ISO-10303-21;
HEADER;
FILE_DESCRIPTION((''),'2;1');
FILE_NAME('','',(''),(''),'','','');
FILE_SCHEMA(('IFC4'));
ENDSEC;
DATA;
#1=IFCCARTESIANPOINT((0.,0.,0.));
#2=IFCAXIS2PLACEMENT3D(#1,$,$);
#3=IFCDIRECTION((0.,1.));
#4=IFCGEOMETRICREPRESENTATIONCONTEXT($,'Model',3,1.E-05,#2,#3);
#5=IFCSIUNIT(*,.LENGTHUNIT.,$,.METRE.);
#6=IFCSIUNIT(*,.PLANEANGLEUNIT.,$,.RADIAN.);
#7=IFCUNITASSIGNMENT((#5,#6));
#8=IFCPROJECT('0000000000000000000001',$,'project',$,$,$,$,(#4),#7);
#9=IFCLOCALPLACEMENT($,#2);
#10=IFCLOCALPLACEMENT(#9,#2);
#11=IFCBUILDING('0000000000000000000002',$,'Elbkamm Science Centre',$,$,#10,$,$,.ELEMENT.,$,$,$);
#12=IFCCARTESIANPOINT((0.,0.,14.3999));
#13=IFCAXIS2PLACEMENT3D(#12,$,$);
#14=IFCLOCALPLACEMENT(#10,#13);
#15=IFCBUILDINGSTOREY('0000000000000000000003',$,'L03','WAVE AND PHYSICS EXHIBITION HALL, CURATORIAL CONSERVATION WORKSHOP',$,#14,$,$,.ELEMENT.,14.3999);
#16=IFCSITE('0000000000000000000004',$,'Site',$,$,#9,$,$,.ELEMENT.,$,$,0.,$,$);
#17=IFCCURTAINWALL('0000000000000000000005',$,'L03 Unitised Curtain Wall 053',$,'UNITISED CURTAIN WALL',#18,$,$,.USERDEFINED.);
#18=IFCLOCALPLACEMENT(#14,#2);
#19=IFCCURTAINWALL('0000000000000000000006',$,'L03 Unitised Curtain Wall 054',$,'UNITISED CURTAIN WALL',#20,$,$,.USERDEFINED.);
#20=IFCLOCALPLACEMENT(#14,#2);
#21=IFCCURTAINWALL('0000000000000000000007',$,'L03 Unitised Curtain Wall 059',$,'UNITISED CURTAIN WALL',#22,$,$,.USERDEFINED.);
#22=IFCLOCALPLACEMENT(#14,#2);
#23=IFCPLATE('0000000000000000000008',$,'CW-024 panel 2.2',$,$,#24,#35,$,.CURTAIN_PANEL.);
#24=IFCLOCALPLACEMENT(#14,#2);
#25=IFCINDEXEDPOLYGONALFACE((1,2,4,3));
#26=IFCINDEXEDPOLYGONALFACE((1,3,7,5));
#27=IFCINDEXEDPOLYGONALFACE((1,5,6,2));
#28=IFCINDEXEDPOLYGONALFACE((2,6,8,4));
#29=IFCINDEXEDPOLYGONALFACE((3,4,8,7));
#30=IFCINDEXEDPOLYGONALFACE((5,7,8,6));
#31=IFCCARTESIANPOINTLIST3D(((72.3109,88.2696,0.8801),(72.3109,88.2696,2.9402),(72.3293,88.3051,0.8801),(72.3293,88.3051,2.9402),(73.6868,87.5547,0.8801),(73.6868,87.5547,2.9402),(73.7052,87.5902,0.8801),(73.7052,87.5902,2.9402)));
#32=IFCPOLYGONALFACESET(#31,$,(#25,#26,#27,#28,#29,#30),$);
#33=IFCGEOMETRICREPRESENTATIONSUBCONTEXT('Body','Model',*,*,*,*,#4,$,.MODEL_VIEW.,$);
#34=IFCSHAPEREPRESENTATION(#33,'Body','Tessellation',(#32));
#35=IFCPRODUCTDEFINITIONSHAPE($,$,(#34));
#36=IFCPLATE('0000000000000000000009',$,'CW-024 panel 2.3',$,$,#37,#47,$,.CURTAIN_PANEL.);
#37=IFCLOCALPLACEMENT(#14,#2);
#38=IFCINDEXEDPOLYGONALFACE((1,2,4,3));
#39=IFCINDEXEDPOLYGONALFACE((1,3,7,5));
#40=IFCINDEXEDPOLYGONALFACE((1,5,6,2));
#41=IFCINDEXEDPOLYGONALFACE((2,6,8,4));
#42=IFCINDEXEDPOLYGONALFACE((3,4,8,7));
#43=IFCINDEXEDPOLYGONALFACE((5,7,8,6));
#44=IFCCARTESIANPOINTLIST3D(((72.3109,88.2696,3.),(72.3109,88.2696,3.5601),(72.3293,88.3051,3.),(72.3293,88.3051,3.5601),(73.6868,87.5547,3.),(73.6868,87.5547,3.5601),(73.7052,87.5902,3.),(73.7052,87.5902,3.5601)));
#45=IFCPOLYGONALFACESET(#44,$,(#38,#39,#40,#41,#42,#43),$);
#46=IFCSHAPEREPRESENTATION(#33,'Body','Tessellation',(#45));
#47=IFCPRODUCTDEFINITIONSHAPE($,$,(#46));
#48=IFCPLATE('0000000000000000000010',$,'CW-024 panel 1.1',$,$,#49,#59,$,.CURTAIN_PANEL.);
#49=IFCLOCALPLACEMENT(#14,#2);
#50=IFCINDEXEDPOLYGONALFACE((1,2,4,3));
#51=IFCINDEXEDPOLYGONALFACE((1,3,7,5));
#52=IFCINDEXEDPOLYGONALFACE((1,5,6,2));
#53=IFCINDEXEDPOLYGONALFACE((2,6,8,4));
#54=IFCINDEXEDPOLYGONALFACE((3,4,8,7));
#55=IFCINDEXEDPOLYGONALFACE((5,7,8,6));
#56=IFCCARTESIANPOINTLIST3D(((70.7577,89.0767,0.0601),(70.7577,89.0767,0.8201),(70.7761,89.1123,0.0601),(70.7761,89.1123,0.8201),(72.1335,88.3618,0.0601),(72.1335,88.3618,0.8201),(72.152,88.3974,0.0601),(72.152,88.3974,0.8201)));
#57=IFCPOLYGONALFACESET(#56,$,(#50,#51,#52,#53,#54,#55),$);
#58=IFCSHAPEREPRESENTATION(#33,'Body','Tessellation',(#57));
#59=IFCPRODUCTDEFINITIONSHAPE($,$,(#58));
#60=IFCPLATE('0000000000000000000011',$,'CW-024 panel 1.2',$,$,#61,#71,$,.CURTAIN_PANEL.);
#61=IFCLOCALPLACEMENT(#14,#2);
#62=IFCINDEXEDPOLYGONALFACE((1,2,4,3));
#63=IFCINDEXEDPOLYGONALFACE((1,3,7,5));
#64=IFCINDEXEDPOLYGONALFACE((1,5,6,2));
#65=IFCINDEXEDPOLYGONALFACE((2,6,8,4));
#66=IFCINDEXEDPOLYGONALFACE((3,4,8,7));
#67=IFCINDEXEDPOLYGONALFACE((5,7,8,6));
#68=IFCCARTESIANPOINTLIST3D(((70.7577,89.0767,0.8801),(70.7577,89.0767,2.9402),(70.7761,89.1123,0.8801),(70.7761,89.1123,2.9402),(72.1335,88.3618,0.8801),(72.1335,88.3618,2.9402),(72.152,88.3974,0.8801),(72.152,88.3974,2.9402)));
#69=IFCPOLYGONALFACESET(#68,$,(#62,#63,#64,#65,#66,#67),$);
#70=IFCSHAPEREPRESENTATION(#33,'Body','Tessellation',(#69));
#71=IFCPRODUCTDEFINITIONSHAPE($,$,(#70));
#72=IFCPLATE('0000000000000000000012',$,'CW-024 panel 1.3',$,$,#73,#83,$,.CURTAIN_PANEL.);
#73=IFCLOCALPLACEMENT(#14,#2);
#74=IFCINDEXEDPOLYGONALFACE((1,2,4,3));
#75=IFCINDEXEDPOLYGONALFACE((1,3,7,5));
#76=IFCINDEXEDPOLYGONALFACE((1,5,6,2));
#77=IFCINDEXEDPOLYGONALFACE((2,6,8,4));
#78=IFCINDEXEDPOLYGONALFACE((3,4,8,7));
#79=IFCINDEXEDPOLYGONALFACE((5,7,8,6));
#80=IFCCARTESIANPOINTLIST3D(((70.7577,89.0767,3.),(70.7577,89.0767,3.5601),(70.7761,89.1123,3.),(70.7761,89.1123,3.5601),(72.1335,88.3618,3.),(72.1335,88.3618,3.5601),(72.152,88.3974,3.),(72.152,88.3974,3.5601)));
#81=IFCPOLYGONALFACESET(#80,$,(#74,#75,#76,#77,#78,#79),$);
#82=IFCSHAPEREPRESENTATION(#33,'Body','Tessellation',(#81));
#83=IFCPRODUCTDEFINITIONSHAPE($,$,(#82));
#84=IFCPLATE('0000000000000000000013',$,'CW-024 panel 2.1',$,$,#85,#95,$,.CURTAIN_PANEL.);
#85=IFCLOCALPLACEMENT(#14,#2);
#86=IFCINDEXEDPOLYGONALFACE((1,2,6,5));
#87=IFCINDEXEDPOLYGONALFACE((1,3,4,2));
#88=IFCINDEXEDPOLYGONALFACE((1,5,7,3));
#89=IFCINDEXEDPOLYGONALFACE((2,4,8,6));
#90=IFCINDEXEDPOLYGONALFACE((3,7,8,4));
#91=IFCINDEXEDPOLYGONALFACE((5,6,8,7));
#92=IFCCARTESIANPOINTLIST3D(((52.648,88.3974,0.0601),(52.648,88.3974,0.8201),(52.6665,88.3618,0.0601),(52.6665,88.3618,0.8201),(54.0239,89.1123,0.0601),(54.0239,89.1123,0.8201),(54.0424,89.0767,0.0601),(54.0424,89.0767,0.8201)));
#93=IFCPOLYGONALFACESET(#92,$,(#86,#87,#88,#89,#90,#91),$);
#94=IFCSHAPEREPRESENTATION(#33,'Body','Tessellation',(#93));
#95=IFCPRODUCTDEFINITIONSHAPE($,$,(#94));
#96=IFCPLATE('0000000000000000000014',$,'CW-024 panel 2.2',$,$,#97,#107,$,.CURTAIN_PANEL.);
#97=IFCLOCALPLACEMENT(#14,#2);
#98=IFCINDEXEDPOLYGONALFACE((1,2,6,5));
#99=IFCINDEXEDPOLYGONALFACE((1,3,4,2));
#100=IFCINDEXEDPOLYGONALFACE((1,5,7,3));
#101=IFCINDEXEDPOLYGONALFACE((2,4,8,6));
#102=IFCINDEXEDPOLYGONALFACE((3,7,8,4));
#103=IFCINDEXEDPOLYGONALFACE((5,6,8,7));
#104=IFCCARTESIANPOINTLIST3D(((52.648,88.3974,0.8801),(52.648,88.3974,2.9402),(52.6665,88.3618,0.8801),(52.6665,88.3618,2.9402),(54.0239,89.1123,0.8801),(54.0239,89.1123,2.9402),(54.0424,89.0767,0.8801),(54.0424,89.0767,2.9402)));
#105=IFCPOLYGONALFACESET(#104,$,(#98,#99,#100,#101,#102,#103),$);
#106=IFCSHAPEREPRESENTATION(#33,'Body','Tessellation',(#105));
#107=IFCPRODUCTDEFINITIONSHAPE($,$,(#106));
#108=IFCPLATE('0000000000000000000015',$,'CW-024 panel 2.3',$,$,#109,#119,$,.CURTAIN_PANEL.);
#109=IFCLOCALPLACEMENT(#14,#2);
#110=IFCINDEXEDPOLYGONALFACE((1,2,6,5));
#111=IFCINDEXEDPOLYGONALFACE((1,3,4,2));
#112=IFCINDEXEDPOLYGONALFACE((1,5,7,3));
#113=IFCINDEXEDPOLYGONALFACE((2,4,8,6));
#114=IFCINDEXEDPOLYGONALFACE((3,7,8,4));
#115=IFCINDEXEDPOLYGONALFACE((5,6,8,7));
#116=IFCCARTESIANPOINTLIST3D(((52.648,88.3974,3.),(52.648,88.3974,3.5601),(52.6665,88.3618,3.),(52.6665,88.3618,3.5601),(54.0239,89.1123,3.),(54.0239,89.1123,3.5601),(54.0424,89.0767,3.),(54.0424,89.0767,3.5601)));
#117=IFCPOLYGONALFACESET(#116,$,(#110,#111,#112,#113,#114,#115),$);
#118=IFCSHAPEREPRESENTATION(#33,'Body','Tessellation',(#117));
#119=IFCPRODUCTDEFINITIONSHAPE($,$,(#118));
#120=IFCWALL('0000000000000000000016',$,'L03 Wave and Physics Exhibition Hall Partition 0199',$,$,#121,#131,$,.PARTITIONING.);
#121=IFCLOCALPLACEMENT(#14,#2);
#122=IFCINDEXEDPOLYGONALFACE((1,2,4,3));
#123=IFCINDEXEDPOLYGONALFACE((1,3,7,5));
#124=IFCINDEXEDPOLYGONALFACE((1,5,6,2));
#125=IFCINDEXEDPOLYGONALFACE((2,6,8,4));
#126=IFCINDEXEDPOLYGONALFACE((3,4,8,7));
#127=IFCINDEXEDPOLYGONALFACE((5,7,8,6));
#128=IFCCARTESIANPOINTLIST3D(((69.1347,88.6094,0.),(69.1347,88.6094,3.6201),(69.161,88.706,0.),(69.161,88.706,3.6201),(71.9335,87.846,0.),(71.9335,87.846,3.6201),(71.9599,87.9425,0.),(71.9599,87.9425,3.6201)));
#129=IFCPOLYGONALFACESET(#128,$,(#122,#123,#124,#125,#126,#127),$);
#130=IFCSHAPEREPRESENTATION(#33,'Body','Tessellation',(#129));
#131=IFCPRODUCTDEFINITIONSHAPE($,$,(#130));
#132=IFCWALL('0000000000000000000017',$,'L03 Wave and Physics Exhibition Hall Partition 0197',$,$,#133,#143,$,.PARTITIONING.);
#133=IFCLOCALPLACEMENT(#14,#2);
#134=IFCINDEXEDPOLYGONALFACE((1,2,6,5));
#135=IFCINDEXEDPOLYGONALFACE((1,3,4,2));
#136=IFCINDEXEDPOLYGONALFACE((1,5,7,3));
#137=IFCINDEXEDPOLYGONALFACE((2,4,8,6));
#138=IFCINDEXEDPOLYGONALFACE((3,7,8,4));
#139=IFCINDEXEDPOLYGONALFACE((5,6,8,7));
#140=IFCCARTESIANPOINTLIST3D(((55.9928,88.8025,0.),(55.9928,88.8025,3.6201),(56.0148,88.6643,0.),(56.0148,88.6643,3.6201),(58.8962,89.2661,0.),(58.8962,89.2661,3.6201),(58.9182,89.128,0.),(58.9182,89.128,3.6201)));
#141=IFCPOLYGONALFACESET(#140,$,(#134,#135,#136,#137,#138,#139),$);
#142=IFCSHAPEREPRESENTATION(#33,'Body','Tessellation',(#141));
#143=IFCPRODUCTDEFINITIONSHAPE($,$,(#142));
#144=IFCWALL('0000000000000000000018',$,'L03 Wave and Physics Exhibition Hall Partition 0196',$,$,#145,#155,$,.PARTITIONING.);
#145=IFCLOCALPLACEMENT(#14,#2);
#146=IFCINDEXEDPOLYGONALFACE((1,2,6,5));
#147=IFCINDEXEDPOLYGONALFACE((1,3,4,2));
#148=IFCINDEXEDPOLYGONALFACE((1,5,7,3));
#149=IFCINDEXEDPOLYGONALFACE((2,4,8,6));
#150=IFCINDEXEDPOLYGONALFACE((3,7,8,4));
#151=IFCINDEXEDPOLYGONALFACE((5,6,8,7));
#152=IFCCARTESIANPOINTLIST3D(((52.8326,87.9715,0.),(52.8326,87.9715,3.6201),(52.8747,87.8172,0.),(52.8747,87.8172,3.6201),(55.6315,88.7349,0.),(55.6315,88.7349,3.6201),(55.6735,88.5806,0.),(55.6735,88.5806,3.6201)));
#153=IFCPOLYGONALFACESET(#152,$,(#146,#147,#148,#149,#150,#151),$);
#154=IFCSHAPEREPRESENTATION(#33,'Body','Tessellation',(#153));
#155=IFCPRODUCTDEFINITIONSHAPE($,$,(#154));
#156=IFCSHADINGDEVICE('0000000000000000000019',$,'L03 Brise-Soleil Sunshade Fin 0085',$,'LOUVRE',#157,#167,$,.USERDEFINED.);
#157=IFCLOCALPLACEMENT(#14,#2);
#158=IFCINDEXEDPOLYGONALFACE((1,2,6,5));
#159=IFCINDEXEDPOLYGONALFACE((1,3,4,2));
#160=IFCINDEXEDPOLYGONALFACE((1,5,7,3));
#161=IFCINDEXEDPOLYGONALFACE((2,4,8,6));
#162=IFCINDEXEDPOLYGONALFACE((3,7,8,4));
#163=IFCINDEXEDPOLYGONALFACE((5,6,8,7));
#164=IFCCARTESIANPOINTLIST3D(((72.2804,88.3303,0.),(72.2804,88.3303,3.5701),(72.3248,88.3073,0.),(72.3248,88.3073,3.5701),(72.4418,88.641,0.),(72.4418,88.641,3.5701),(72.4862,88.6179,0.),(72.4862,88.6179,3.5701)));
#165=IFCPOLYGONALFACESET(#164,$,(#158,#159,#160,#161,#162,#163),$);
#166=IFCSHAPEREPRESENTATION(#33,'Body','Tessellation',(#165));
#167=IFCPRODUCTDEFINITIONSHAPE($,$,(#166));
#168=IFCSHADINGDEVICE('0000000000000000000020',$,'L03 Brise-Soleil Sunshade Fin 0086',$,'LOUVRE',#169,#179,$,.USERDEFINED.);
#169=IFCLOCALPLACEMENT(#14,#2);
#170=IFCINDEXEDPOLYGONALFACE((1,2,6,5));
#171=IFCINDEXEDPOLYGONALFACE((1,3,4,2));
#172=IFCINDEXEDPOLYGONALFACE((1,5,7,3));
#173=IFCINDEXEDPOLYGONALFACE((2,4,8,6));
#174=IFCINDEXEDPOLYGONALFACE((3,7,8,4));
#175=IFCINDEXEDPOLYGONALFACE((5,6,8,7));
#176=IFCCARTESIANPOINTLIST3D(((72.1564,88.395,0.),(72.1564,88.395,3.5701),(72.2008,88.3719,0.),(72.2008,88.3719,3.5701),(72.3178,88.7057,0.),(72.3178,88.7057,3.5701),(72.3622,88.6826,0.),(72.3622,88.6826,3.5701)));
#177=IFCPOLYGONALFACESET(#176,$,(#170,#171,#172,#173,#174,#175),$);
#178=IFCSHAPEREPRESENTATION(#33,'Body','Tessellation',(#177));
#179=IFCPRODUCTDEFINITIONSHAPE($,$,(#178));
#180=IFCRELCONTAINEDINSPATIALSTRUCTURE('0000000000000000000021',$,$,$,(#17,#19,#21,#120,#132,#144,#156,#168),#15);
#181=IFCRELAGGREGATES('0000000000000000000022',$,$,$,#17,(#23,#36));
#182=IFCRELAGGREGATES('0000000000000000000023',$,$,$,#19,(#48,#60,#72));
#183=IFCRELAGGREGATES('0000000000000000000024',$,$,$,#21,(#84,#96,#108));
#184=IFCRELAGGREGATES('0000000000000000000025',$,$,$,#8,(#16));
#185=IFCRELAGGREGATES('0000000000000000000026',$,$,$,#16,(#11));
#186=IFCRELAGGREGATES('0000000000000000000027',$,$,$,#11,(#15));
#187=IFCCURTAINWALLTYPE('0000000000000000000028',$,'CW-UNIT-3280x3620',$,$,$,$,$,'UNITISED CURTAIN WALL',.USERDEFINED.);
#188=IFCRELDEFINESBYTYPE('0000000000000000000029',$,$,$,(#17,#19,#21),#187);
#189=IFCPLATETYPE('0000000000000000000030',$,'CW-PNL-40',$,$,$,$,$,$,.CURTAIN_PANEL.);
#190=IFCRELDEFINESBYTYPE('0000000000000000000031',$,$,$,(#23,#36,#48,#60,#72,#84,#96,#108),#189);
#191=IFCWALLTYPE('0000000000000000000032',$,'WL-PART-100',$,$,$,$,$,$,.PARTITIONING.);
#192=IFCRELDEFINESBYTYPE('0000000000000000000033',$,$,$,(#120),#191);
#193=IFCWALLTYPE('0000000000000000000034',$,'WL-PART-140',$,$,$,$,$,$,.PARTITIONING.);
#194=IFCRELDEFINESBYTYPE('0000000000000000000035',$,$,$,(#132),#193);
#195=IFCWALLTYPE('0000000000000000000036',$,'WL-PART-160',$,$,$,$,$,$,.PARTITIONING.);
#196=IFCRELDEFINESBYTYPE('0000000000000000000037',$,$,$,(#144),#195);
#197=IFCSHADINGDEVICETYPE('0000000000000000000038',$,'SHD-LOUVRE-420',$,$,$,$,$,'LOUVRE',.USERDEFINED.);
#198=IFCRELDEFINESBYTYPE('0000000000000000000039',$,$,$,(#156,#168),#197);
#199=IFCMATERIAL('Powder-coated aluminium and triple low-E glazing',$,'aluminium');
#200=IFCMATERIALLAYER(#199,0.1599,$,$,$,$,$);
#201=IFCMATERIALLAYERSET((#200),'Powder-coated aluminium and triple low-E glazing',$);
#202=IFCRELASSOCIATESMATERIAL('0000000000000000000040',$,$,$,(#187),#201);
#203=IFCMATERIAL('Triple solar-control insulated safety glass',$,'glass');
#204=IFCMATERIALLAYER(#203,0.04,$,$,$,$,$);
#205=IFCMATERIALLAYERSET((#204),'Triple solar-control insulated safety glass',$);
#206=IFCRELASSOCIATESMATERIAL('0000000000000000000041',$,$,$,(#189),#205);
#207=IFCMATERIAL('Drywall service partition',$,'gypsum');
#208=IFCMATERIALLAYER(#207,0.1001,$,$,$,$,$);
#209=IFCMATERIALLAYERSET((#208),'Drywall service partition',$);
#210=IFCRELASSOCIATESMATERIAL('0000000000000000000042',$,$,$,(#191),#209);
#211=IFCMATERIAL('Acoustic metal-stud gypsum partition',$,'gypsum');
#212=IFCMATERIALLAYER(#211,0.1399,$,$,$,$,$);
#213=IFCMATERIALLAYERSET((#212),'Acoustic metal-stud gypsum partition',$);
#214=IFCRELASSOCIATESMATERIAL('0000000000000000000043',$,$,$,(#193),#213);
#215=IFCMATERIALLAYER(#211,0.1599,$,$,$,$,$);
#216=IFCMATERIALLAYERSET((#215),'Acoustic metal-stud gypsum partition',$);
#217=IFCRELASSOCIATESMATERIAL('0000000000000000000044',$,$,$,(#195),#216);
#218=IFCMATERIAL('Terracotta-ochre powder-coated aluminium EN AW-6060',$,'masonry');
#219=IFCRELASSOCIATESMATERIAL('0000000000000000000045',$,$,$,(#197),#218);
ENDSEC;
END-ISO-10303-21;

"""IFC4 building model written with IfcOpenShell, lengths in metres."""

from ifc_helpers import new_model, si_unit, direction, frame, frame_2d, origin, origin_2d, place, context, subcontext, project, spatial, rectangle, extrude, material, layer, layer_set, type_object, element, aggregate, save


model = new_model("IFC4")

# Units and contexts
model_context = context("Model", 3, precision=1e-05, world=origin(), true_north=direction((0.0, 1.0)))
body_context = subcontext(model_context, "Body", "Model", "MODEL_VIEW")
ifc_project = project(units=[si_unit("LENGTHUNIT", "METRE"), si_unit("PLANEANGLEUNIT", "RADIAN")], contexts=[model_context])

# Site, building, storey
site_placement = place(None, origin())
site = spatial("IfcSite", under=ifc_project, at=site_placement, Name="Site", CompositionType="ELEMENT", RefElevation=0.0)
building_placement = place(site_placement, origin())
building = spatial("IfcBuilding", under=site, at=building_placement, Name="Elbkamm Science Centre", CompositionType="ELEMENT")
storey_placement = place(building_placement, frame((0.0, 0.0, 14.3999)))
storey = spatial("IfcBuildingStorey", under=building, at=storey_placement, Name="L03", Description="WAVE AND PHYSICS EXHIBITION HALL, CURATORIAL CONSERVATION WORKSHOP", CompositionType="ELEMENT", Elevation=14.3999)

# Curtain walls
ifc_material_1 = material(Name="Powder-coated aluminium and triple low-E glazing", Category="aluminium")
ifc_layer_1 = layer(ifc_material_1, 0.1599)
ifc_layer_set_1 = layer_set([ifc_layer_1], Name="Powder-coated aluminium and triple low-E glazing")
curtain_wall_type = type_object("IfcCurtainWallType", Name="CW-UNIT-3280x3620", ElementType="UNITISED CURTAIN WALL", PredefinedType="USERDEFINED", material=ifc_layer_set_1)
curtain_wall_1_placement = place(storey_placement, origin())
curtain_wall_1 = element("IfcCurtainWall", 1, at=curtain_wall_1_placement, inside=storey, type_object=curtain_wall_type, Name="L03 Unitised Curtain Wall 053", ObjectType="UNITISED CURTAIN WALL", PredefinedType="USERDEFINED")
curtain_wall_2_placement = place(storey_placement, origin())
curtain_wall_2 = element("IfcCurtainWall", 2, at=curtain_wall_2_placement, inside=storey, type_object=curtain_wall_type, Name="L03 Unitised Curtain Wall 054", ObjectType="UNITISED CURTAIN WALL", PredefinedType="USERDEFINED")
curtain_wall_3_placement = place(storey_placement, origin())
curtain_wall_3 = element("IfcCurtainWall", 3, at=curtain_wall_3_placement, inside=storey, type_object=curtain_wall_type, Name="L03 Unitised Curtain Wall 059", ObjectType="UNITISED CURTAIN WALL", PredefinedType="USERDEFINED")

# Plates
ifc_material_2 = material(Name="Triple solar-control insulated safety glass", Category="glass")
ifc_layer_2 = layer(ifc_material_2, 0.04)
ifc_layer_set_2 = layer_set([ifc_layer_2], Name="Triple solar-control insulated safety glass")
plate_type = type_object("IfcPlateType", Name="CW-PNL-40", PredefinedType="CURTAIN_PANEL", material=ifc_layer_set_2)
plate_1_placement = place(storey_placement, frame((73.0081, 87.9299, 0.8801), z_axis=(0.0, 0.0, 1.0), x_axis=(-0.887363, 0.461071, 0.0)))
plate_1 = element("IfcPlate", 4, at=plate_1_placement, type_object=plate_type, Name="CW-024 panel 2.2", PredefinedType="CURTAIN_PANEL", context=body_context, shape_type="SweptSolid", body=[
    extrude(rectangle(XDim=1.5505, YDim=0.04, at=origin_2d()), origin(), (0.0, 0.0, 1.0), 2.0601),
])
plate_2_placement = place(storey_placement, frame((73.0081, 87.9299, 3.0), z_axis=(0.0, 0.0, 1.0), x_axis=(-0.887363, 0.461071, 0.0)))
plate_2 = element("IfcPlate", 5, at=plate_2_placement, type_object=plate_type, Name="CW-024 panel 2.3", PredefinedType="CURTAIN_PANEL", context=body_context, shape_type="SweptSolid", body=[
    extrude(rectangle(XDim=1.5505, YDim=0.04, at=origin_2d()), origin(), (0.0, 0.0, 1.0), 0.5601),
])
aggregate(curtain_wall_1, [plate_1, plate_2])
plate_3_placement = place(storey_placement, frame((71.4548, 88.7371, 0.0601), z_axis=(0.0, 0.0, 1.0), x_axis=(-0.887363, 0.461071, 0.0)))
plate_3 = element("IfcPlate", 6, at=plate_3_placement, type_object=plate_type, Name="CW-024 panel 1.1", PredefinedType="CURTAIN_PANEL", context=body_context, shape_type="SweptSolid", body=[
    extrude(rectangle(XDim=1.5505, YDim=0.04, at=origin_2d()), origin(), (0.0, 0.0, 1.0), 0.76),
])
plate_4_placement = place(storey_placement, frame((71.4548, 88.7371, 0.8801), z_axis=(0.0, 0.0, 1.0), x_axis=(-0.887363, 0.461071, 0.0)))
plate_4 = element("IfcPlate", 7, at=plate_4_placement, type_object=plate_type, Name="CW-024 panel 1.2", PredefinedType="CURTAIN_PANEL", context=body_context, shape_type="SweptSolid", body=[
    extrude(rectangle(XDim=1.5505, YDim=0.04, at=origin_2d()), origin(), (0.0, 0.0, 1.0), 2.0601),
])
plate_5_placement = place(storey_placement, frame((71.4548, 88.7371, 3.0), z_axis=(0.0, 0.0, 1.0), x_axis=(-0.887363, 0.461071, 0.0)))
plate_5 = element("IfcPlate", 8, at=plate_5_placement, type_object=plate_type, Name="CW-024 panel 1.3", PredefinedType="CURTAIN_PANEL", context=body_context, shape_type="SweptSolid", body=[
    extrude(rectangle(XDim=1.5505, YDim=0.04, at=origin_2d()), origin(), (0.0, 0.0, 1.0), 0.5601),
])
aggregate(curtain_wall_2, [plate_3, plate_4, plate_5])
plate_6_placement = place(storey_placement, frame((53.3452, 88.7371, 0.0601), z_axis=(0.0, 0.0, 1.0), x_axis=(-0.887363, -0.461071, 0.0)))
plate_6 = element("IfcPlate", 9, at=plate_6_placement, type_object=plate_type, Name="CW-024 panel 2.1", PredefinedType="CURTAIN_PANEL", context=body_context, shape_type="SweptSolid", body=[
    extrude(rectangle(XDim=1.5505, YDim=0.04, at=origin_2d()), origin(), (0.0, 0.0, 1.0), 0.76),
])
plate_7_placement = place(storey_placement, frame((53.3452, 88.7371, 0.8801), z_axis=(0.0, 0.0, 1.0), x_axis=(-0.887363, -0.461071, 0.0)))
plate_7 = element("IfcPlate", 10, at=plate_7_placement, type_object=plate_type, Name="CW-024 panel 2.2", PredefinedType="CURTAIN_PANEL", context=body_context, shape_type="SweptSolid", body=[
    extrude(rectangle(XDim=1.5505, YDim=0.04, at=origin_2d()), origin(), (0.0, 0.0, 1.0), 2.0601),
])
plate_8_placement = place(storey_placement, frame((53.3452, 88.7371, 3.0), z_axis=(0.0, 0.0, 1.0), x_axis=(-0.887363, -0.461071, 0.0)))
plate_8 = element("IfcPlate", 11, at=plate_8_placement, type_object=plate_type, Name="CW-024 panel 2.3", PredefinedType="CURTAIN_PANEL", context=body_context, shape_type="SweptSolid", body=[
    extrude(rectangle(XDim=1.5505, YDim=0.04, at=origin_2d()), origin(), (0.0, 0.0, 1.0), 0.5601),
])
aggregate(curtain_wall_3, [plate_6, plate_7, plate_8])

# Walls
ifc_material_3 = material(Name="Drywall service partition", Category="gypsum")
ifc_layer_3 = layer(ifc_material_3, 0.1001)
ifc_layer_set_3 = layer_set([ifc_layer_3], Name="Drywall service partition")
wall_type_1 = type_object("IfcWallType", Name="WL-PART-100", PredefinedType="PARTITIONING", material=ifc_layer_set_3)
wall_1_placement = place(storey_placement, frame((69.1477, 88.6577, 0.0), z_axis=(0.0, 0.0, 1.0), x_axis=(0.964754, -0.263153, 0.0)))
element("IfcWall", 12, at=wall_1_placement, inside=storey, type_object=wall_type_1, Name="L03 Wave and Physics Exhibition Hall Partition 0199", PredefinedType="PARTITIONING", context=body_context, shape_type="SweptSolid", body=[
    extrude(rectangle(XDim=2.9011, YDim=0.1001, at=frame_2d((1.4507, 0.0))), origin(), (0.0, 0.0, 1.0), 3.6201),
])
ifc_material_4 = material(Name="Acoustic metal-stud gypsum partition", Category="gypsum")
ifc_layer_4 = layer(ifc_material_4, 0.1399)
ifc_layer_set_4 = layer_set([ifc_layer_4], Name="Acoustic metal-stud gypsum partition")
wall_type_2 = type_object("IfcWallType", Name="WL-PART-140", PredefinedType="PARTITIONING", material=ifc_layer_set_4)
wall_2_placement = place(storey_placement, frame((56.0037, 88.7334, 0.0), z_axis=(0.0, 0.0, 1.0), x_axis=(0.987489, 0.157689, 0.0)))
element("IfcWall", 13, at=wall_2_placement, inside=storey, type_object=wall_type_2, Name="L03 Wave and Physics Exhibition Hall Partition 0197", PredefinedType="PARTITIONING", context=body_context, shape_type="SweptSolid", body=[
    extrude(rectangle(XDim=2.9402, YDim=0.1399, at=frame_2d((1.4702, 0.0))), origin(), (0.0, 0.0, 1.0), 3.6201),
])
ifc_layer_5 = layer(ifc_material_4, 0.1599)
ifc_layer_set_5 = layer_set([ifc_layer_5], Name="Acoustic metal-stud gypsum partition")
wall_type_3 = type_object("IfcWallType", Name="WL-PART-160", PredefinedType="PARTITIONING", material=ifc_layer_set_5)
wall_3_placement = place(storey_placement, frame((52.8535, 87.8943, 0.0), z_axis=(0.0, 0.0, 1.0), x_axis=(0.964754, 0.263153, 0.0)))
element("IfcWall", 14, at=wall_3_placement, inside=storey, type_object=wall_type_3, Name="L03 Wave and Physics Exhibition Hall Partition 0196", PredefinedType="PARTITIONING", context=body_context, shape_type="SweptSolid", body=[
    extrude(rectangle(XDim=2.9011, YDim=0.1599, at=frame_2d((1.4507, 0.0))), origin(), (0.0, 0.0, 1.0), 3.6201),
])

# Shading devices
ifc_material_5 = material(Name="Terracotta-ochre powder-coated aluminium EN AW-6060", Category="masonry")
shading_device_type = type_object("IfcShadingDeviceType", Name="SHD-LOUVRE-420", ElementType="LOUVRE", PredefinedType="USERDEFINED", material=ifc_material_5)
for number, where, z_axis, x_axis, name in (
    (15, (72.3833, 88.4741, 0.0), (0.0, 0.0, 1.0), (0.46107, 0.887364, 0.0), "L03 Brise-Soleil Sunshade Fin 0085"),
    (16, (72.2593, 88.5388, 0.0), (0.0, 0.0, 1.0), (0.46107, 0.887364, 0.0), "L03 Brise-Soleil Sunshade Fin 0086"),
):
    element("IfcShadingDevice", number, at=place(storey_placement, frame(where, z_axis=z_axis, x_axis=x_axis)), inside=storey, type_object=shading_device_type, Name=name, ObjectType="LOUVRE", PredefinedType="USERDEFINED", context=body_context, shape_type="SweptSolid", body=[
        extrude(rectangle(XDim=0.3501, YDim=0.05, at=origin_2d()), origin(), (0.0, 0.0, 1.0), 3.5701),
    ])

save(model, "model.ifc")
